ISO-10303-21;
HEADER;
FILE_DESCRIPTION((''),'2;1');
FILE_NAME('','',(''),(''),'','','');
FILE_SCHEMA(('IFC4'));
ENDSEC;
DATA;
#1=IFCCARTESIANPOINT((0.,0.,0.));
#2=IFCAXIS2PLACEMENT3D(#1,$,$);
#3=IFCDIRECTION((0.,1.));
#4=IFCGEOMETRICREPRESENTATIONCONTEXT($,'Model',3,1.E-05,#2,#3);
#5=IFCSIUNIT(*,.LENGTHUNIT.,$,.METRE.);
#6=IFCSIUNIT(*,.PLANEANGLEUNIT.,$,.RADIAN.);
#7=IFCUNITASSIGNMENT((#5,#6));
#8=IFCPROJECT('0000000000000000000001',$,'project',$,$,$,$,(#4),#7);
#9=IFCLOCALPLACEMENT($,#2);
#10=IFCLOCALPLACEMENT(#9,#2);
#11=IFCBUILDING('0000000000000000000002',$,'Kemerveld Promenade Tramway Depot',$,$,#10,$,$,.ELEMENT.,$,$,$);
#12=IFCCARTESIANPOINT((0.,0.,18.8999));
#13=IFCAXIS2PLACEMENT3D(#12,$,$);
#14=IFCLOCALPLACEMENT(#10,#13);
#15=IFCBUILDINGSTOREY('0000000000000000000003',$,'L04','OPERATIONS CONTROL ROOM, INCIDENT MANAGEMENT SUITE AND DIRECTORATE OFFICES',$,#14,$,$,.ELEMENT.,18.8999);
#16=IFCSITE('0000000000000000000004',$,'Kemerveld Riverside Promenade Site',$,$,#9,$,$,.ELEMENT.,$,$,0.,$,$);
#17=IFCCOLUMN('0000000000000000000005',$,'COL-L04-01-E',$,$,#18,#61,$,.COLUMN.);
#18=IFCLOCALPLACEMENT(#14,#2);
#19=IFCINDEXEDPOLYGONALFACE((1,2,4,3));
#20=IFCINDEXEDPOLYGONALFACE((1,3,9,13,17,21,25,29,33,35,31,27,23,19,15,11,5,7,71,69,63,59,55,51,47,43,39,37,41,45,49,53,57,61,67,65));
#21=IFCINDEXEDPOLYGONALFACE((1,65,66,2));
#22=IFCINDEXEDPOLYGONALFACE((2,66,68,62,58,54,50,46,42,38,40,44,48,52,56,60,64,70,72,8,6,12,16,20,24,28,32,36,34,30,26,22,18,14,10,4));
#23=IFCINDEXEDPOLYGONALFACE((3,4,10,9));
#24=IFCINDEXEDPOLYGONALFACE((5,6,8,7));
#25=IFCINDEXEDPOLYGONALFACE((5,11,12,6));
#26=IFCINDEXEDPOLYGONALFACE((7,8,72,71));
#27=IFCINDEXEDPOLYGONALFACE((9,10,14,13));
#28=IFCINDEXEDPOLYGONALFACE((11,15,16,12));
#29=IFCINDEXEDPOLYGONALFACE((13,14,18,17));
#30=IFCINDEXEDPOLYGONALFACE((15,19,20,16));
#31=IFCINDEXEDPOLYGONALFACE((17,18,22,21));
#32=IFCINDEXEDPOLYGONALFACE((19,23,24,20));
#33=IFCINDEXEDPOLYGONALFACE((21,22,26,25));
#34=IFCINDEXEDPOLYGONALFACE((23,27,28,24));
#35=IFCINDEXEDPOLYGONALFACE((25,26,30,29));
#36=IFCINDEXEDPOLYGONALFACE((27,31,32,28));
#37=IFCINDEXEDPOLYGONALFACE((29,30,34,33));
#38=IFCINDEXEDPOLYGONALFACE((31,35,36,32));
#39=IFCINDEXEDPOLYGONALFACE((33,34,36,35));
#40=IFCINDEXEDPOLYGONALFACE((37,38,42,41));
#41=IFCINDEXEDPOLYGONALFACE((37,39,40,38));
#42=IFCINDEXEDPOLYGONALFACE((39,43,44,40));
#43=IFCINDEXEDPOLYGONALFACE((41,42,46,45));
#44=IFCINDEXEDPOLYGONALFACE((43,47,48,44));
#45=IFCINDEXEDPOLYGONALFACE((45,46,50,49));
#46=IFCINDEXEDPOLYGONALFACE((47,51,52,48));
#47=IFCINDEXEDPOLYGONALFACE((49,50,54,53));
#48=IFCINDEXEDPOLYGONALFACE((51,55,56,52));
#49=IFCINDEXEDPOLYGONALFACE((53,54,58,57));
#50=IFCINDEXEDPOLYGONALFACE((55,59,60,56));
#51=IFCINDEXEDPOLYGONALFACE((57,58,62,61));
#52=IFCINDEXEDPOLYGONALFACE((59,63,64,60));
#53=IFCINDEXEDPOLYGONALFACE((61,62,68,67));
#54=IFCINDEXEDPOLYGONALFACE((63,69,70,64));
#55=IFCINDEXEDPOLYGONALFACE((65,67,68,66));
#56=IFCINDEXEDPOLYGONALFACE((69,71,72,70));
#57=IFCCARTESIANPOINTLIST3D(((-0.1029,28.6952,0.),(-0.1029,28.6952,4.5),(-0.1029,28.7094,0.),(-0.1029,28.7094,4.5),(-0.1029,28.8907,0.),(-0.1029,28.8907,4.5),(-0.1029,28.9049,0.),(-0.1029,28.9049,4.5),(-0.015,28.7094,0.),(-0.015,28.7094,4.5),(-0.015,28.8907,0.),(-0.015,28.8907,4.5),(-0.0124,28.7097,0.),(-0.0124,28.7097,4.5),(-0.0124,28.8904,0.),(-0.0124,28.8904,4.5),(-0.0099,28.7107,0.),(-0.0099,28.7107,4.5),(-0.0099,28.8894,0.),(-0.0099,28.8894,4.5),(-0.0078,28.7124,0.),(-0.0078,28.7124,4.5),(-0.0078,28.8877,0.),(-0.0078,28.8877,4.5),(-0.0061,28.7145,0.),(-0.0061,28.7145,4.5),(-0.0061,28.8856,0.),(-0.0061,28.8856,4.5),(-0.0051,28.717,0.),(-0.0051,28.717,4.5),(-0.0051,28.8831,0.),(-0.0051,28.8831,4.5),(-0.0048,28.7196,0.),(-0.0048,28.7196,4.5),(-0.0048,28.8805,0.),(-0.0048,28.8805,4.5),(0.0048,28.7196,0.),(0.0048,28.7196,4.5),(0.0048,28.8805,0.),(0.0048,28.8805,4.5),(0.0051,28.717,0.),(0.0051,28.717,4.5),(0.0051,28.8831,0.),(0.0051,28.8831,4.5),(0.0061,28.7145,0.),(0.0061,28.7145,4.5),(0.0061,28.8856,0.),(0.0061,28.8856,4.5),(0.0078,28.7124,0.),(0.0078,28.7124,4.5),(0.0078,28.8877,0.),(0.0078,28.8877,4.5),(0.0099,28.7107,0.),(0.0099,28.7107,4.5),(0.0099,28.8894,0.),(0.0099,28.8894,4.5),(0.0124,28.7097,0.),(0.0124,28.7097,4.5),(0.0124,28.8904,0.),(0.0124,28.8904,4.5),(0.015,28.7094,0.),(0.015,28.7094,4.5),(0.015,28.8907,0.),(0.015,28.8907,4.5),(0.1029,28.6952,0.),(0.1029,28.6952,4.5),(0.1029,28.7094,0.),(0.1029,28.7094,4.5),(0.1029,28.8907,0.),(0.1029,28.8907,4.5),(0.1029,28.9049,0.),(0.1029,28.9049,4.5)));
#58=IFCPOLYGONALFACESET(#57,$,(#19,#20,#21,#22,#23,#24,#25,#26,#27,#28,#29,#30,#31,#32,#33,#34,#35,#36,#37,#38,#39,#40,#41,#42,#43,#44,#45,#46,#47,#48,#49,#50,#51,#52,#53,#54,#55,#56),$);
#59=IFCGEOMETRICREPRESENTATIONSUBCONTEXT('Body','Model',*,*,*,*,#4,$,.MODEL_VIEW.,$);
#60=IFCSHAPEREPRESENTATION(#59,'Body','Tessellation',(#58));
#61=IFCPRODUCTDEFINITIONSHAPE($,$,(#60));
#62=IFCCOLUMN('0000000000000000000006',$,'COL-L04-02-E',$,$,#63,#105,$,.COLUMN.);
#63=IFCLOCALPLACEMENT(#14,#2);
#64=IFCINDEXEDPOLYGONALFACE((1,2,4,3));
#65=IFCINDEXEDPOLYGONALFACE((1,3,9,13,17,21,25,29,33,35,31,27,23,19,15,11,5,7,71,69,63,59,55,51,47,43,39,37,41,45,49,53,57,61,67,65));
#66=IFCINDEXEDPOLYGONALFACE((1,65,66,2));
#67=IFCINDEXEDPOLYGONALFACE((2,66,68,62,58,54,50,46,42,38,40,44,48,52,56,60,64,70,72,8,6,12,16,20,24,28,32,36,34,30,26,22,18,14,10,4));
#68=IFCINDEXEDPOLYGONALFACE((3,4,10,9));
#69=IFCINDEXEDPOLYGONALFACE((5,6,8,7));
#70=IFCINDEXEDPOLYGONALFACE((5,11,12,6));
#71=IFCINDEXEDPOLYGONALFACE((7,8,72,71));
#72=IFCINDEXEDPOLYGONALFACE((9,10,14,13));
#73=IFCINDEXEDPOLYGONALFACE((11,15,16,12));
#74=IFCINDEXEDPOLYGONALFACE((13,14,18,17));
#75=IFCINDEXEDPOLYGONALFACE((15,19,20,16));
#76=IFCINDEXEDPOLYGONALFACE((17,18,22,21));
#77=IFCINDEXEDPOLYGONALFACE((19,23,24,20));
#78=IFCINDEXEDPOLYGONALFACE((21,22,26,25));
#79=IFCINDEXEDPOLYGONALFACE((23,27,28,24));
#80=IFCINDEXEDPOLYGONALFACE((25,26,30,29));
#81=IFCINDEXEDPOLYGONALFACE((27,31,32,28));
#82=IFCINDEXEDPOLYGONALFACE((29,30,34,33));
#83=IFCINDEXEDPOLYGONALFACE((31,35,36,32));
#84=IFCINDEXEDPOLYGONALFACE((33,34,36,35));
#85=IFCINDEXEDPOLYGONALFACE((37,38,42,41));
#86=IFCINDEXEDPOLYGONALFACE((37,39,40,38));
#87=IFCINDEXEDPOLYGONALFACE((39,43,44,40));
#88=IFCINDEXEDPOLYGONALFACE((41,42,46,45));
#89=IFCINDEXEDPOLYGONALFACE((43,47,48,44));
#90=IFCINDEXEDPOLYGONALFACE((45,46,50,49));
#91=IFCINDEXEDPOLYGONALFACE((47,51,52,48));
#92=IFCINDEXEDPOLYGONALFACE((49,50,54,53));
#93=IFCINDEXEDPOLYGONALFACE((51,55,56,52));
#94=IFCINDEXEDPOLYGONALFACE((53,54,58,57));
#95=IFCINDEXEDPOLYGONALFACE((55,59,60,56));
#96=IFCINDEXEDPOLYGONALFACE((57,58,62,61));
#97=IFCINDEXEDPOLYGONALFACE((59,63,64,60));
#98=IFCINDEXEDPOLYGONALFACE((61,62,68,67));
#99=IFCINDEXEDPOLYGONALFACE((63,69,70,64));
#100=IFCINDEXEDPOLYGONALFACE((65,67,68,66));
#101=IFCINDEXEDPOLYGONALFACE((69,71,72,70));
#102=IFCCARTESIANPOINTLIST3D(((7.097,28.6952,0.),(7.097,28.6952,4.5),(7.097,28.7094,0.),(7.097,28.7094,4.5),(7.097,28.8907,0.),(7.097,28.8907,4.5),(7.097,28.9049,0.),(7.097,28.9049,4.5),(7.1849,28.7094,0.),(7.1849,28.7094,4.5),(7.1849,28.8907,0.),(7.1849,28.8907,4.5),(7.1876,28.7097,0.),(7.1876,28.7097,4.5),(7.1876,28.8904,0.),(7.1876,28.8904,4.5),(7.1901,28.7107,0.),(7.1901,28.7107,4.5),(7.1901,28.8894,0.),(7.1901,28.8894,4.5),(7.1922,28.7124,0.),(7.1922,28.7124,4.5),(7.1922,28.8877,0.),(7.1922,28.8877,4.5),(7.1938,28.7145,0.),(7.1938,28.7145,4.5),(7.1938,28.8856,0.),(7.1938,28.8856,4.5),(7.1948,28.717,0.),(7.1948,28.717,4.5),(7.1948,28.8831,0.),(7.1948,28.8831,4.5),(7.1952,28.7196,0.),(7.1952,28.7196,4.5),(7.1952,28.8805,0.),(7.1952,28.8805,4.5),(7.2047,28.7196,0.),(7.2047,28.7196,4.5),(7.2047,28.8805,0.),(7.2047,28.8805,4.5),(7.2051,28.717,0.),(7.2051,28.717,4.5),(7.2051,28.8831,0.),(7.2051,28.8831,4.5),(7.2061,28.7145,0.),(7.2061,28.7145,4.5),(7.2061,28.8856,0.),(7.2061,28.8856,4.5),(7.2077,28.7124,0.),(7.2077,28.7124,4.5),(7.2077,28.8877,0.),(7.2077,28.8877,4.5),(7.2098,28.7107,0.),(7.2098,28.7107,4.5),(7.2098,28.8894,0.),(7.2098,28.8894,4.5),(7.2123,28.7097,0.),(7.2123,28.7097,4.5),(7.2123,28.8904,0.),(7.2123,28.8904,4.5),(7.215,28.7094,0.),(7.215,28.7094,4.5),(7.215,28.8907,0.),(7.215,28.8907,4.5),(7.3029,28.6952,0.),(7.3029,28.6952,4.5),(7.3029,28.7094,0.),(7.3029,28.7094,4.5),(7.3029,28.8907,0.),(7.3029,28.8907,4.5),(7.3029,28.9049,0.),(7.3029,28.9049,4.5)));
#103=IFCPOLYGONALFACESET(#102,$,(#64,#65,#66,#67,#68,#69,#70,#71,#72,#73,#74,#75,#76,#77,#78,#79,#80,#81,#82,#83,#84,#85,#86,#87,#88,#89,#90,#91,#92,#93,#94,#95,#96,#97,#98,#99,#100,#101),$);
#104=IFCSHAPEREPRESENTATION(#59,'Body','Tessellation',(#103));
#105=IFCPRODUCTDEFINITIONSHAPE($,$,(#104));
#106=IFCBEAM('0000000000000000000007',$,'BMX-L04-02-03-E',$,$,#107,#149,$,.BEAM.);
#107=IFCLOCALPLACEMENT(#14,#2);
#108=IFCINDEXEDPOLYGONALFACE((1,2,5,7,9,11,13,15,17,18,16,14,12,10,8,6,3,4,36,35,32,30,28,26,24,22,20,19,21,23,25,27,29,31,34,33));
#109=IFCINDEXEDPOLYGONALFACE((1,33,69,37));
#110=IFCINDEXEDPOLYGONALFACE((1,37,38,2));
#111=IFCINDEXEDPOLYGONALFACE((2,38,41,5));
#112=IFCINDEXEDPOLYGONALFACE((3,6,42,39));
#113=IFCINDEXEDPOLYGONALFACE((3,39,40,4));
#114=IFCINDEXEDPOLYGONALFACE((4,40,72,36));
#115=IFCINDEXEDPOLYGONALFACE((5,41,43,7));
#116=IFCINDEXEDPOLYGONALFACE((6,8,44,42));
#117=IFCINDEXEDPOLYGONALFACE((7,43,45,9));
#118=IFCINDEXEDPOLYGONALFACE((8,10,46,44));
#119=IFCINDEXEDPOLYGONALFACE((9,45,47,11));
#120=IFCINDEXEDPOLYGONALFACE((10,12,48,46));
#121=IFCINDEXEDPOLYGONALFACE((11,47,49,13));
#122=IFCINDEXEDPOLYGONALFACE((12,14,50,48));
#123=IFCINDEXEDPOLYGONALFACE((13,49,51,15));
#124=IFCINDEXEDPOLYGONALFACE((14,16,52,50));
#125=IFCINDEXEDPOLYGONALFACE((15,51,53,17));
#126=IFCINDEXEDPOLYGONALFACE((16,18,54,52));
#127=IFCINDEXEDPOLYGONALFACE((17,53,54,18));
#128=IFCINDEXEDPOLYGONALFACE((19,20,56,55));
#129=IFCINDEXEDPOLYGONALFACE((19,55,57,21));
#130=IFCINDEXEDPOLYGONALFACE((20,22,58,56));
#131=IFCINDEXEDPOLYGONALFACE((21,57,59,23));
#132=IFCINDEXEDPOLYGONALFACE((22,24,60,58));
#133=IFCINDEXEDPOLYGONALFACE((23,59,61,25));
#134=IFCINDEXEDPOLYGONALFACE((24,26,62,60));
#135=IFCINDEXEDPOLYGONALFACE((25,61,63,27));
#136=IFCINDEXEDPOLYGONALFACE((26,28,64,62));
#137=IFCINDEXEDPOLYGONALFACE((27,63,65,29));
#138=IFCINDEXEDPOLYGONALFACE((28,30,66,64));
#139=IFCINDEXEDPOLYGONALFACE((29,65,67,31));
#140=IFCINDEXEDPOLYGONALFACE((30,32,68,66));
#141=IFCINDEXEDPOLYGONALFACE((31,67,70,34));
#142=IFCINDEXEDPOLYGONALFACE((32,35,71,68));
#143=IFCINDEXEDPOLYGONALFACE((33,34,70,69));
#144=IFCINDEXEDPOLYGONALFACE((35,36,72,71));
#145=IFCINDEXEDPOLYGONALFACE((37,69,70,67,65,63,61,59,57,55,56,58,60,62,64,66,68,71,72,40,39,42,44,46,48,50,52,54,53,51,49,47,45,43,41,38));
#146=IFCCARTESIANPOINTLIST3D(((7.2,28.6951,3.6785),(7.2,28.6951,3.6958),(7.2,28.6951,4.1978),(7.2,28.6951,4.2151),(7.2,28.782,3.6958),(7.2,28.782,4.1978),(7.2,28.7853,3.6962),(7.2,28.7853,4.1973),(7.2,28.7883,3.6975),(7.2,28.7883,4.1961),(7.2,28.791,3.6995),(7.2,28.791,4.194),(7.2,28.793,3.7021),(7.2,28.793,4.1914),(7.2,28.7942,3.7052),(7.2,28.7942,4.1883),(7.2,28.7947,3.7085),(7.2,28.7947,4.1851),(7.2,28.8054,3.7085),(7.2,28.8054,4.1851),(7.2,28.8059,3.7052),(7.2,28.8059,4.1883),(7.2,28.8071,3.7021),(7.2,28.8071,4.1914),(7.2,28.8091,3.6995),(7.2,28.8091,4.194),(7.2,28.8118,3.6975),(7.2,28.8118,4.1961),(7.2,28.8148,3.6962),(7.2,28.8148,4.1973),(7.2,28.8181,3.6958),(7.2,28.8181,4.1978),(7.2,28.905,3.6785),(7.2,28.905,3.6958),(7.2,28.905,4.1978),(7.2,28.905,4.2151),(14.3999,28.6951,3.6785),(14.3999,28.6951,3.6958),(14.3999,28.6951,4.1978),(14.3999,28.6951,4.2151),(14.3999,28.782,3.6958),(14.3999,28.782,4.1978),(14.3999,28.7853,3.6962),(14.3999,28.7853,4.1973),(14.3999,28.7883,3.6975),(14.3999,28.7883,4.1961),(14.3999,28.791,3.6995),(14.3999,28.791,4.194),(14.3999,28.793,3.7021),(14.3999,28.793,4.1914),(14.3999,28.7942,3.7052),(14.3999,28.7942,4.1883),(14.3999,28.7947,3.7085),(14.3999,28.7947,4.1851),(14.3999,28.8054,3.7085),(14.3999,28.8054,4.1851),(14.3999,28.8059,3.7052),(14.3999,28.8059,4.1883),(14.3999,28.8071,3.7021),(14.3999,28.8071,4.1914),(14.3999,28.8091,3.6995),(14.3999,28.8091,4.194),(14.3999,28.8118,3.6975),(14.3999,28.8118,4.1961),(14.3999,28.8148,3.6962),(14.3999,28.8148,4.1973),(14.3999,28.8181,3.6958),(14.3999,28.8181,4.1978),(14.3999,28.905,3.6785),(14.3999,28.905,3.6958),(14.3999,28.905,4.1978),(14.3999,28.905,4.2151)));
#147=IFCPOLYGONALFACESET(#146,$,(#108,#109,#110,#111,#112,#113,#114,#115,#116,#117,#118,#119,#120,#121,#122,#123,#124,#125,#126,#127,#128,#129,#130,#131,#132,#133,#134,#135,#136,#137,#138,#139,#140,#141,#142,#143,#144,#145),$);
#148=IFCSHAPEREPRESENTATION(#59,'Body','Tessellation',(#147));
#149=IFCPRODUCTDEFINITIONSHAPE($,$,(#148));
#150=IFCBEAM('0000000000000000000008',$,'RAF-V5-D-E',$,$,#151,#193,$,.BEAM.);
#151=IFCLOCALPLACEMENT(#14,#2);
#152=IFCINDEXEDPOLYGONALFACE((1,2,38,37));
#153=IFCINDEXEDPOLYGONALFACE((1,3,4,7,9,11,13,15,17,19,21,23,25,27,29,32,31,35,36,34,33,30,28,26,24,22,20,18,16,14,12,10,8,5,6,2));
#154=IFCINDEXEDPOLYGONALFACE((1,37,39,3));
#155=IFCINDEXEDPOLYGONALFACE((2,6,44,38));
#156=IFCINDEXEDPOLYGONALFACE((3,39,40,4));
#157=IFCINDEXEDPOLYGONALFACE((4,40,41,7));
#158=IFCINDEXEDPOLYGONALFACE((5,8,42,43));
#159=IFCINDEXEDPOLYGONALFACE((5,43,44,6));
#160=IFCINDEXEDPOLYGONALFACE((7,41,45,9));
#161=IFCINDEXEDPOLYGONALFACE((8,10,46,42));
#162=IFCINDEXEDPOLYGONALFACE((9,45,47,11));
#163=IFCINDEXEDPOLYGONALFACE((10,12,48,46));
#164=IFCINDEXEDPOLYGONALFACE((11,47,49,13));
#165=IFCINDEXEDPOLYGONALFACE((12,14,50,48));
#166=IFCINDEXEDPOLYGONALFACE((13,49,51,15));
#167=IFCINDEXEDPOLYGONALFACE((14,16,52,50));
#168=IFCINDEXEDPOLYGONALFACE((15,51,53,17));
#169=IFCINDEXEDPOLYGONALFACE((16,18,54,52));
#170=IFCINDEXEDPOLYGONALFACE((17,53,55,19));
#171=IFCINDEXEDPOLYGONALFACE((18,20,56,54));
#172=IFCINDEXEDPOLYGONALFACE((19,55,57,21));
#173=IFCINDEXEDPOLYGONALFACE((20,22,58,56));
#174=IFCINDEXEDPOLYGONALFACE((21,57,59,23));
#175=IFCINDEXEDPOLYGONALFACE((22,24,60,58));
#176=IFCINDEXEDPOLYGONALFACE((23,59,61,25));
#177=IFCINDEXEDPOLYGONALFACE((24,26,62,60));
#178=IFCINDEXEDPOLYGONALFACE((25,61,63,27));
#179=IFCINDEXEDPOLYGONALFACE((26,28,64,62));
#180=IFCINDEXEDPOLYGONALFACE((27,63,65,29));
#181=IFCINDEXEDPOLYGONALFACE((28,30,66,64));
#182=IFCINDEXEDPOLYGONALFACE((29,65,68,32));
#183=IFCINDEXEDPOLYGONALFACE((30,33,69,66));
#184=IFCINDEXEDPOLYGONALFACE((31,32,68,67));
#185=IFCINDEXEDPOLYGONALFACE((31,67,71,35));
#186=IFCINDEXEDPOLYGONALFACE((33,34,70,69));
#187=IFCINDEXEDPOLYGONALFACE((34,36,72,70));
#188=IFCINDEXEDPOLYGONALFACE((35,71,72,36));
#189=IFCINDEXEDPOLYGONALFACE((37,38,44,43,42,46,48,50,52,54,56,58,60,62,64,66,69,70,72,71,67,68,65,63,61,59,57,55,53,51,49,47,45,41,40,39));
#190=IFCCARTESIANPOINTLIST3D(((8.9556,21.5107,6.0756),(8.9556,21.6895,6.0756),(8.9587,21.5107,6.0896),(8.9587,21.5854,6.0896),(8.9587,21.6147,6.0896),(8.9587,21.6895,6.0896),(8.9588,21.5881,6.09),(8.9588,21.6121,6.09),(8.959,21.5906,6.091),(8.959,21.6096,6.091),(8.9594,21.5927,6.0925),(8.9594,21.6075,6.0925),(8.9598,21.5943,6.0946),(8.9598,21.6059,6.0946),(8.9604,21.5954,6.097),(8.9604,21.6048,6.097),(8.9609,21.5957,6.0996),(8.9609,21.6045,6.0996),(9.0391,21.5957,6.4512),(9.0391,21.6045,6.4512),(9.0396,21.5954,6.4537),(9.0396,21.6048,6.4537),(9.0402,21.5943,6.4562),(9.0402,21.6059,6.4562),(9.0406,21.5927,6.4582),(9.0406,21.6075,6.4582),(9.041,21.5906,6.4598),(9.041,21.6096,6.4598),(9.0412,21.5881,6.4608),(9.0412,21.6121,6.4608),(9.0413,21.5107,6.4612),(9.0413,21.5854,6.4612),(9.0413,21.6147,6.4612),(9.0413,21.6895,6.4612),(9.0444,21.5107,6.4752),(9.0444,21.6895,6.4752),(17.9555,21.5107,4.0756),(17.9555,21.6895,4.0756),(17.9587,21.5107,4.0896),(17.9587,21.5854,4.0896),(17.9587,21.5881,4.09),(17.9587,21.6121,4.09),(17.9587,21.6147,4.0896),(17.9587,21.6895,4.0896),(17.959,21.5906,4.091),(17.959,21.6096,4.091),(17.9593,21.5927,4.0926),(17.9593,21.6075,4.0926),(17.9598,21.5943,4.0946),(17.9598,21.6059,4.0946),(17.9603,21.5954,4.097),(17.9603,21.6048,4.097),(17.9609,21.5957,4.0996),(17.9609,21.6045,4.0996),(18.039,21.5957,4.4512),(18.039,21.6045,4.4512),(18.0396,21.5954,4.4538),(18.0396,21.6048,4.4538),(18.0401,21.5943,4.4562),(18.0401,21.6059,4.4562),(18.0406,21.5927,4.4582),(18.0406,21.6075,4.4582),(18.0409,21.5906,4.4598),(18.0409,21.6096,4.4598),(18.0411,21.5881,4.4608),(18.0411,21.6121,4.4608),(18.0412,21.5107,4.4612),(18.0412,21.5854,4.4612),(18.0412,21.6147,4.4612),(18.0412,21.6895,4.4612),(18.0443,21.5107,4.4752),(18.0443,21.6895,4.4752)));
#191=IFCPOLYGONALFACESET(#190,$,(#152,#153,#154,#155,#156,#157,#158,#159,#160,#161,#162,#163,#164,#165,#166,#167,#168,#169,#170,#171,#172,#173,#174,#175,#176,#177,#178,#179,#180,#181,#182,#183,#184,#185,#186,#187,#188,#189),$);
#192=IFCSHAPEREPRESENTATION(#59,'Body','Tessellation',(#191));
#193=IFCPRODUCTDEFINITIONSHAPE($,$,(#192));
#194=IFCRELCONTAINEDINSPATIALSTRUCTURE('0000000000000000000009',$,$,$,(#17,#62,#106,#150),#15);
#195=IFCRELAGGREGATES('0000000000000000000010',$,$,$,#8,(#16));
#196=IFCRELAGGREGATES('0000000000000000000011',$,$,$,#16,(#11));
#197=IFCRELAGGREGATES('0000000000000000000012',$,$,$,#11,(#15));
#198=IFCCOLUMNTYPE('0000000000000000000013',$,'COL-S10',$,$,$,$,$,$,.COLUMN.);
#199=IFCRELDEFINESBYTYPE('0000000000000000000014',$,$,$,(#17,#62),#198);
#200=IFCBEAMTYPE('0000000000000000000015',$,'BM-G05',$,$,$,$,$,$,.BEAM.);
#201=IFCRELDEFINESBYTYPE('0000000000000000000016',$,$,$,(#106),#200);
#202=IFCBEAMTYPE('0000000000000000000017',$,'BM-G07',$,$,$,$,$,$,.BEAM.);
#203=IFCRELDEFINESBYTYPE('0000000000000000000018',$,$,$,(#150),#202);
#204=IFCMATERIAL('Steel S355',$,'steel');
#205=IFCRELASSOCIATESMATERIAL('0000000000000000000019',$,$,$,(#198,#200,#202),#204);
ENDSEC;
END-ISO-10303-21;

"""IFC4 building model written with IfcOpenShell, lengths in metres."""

from ifc_helpers import new_model, si_unit, direction, frame, origin, origin_2d, place, context, subcontext, project, spatial, i_section, extrude, material, material_profile, profile_set, type_object, element, save


model = new_model("IFC4")

# Units and contexts
model_context = context("Model", 3, precision=1e-05, world=origin(), true_north=direction((0.0, 1.0)))
body_context = subcontext(model_context, "Body", "Model", "MODEL_VIEW")
ifc_project = project(units=[si_unit("LENGTHUNIT", "METRE"), si_unit("PLANEANGLEUNIT", "RADIAN")], contexts=[model_context])

# Site, building, storey
site_placement = place(None, origin())
site = spatial("IfcSite", under=ifc_project, at=site_placement, Name="Kemerveld Riverside Promenade Site", CompositionType="ELEMENT", RefElevation=0.0)
building_placement = place(site_placement, origin())
building = spatial("IfcBuilding", under=site, at=building_placement, Name="Kemerveld Promenade Tramway Depot", CompositionType="ELEMENT")
storey_placement = place(building_placement, frame((0.0, 0.0, 18.8999)))
storey = spatial("IfcBuildingStorey", under=building, at=storey_placement, Name="L04", Description="OPERATIONS CONTROL ROOM, INCIDENT MANAGEMENT SUITE AND DIRECTORATE OFFICES", CompositionType="ELEMENT", Elevation=18.8999)

# Columns
ifc_material_1 = material(Name="Steel S355", Category="steel")
ifc_material_profile_1 = material_profile(ifc_material_1, i_section(OverallWidth=0.2058, OverallDepth=0.2097, WebThickness=0.0095, FlangeThickness=0.0142, FilletRadius=0.0103, at=origin_2d()), Name="203x203x60 UC")
ifc_profile_set_1 = profile_set([ifc_material_profile_1], Name="Steel S355")
column_type = type_object("IfcColumnType", Name="COL-S10", PredefinedType="COLUMN", material=ifc_profile_set_1)
for number, where, z_axis, x_axis, name in (
    (1, (0.0, 28.8, 0.0), (0.0, 0.0, 1.0), (1.0, 0.0, 0.0), "COL-L04-01-E"),
    (2, (7.2, 28.8, 0.0), (0.0, 0.0, 1.0), (1.0, 0.0, 0.0), "COL-L04-02-E"),
):
    element("IfcColumn", number, at=place(storey_placement, frame(where, z_axis=z_axis, x_axis=x_axis)), inside=storey, type_object=column_type, Name=name, PredefinedType="COLUMN", context=body_context, shape_type="SweptSolid", body=[
        extrude(i_section(OverallWidth=0.2058, OverallDepth=0.2097, WebThickness=0.0095, FlangeThickness=0.0142, FilletRadius=0.0103, at=origin_2d()), origin(), (0.0, 0.0, 1.0), 4.5),
    ])

# Beams
ifc_material_profile_2 = material_profile(ifc_material_1, i_section(OverallWidth=0.21, OverallDepth=0.5366, WebThickness=0.0107, FlangeThickness=0.0173, FilletRadius=0.0127, at=origin_2d()), Name="533x210x101 UB")
ifc_profile_set_2 = profile_set([ifc_material_profile_2], Name="Steel S355")
beam_type_1 = type_object("IfcBeamType", Name="BM-G05", PredefinedType="BEAM", material=ifc_profile_set_2)
beam_1_placement = place(storey_placement, frame((7.2, 28.8, 3.9468), z_axis=(1.0, 0.0, 0.0), x_axis=(0.0, 1.0, 0.0)))
element("IfcBeam", 3, at=beam_1_placement, inside=storey, type_object=beam_type_1, Name="BMX-L04-02-03-E", PredefinedType="BEAM", context=body_context, shape_type="SweptSolid", body=[
    extrude(i_section(OverallWidth=0.21, OverallDepth=0.5366, WebThickness=0.0107, FlangeThickness=0.0173, FilletRadius=0.0127, at=origin_2d()), origin(), (0.0, 0.0, 1.0), 7.2),
])
ifc_material_profile_3 = material_profile(ifc_material_1, i_section(OverallWidth=0.1787, OverallDepth=0.4094, WebThickness=0.0088, FlangeThickness=0.0144, FilletRadius=0.0103, at=origin_2d()), Name="406x178x67 UB")
ifc_profile_set_3 = profile_set([ifc_material_profile_3], Name="Steel S355")
beam_type_2 = type_object("IfcBeamType", Name="BM-G07", PredefinedType="BEAM", material=ifc_profile_set_3)
beam_2_placement = place(storey_placement, frame((9.0, 21.6001, 6.2754), z_axis=(0.976187, 0.0, -0.21693), x_axis=(0.0, 1.0, 0.0)))
element("IfcBeam", 4, at=beam_2_placement, inside=storey, type_object=beam_type_2, Name="RAF-V5-D-E", PredefinedType="BEAM", context=body_context, shape_type="SweptSolid", body=[
    extrude(i_section(OverallWidth=0.1787, OverallDepth=0.4094, WebThickness=0.0088, FlangeThickness=0.0144, FilletRadius=0.0103, at=origin_2d()), origin(), (0.0, 0.0, 1.0), 9.2195),
])

save(model, "model.ifc")
